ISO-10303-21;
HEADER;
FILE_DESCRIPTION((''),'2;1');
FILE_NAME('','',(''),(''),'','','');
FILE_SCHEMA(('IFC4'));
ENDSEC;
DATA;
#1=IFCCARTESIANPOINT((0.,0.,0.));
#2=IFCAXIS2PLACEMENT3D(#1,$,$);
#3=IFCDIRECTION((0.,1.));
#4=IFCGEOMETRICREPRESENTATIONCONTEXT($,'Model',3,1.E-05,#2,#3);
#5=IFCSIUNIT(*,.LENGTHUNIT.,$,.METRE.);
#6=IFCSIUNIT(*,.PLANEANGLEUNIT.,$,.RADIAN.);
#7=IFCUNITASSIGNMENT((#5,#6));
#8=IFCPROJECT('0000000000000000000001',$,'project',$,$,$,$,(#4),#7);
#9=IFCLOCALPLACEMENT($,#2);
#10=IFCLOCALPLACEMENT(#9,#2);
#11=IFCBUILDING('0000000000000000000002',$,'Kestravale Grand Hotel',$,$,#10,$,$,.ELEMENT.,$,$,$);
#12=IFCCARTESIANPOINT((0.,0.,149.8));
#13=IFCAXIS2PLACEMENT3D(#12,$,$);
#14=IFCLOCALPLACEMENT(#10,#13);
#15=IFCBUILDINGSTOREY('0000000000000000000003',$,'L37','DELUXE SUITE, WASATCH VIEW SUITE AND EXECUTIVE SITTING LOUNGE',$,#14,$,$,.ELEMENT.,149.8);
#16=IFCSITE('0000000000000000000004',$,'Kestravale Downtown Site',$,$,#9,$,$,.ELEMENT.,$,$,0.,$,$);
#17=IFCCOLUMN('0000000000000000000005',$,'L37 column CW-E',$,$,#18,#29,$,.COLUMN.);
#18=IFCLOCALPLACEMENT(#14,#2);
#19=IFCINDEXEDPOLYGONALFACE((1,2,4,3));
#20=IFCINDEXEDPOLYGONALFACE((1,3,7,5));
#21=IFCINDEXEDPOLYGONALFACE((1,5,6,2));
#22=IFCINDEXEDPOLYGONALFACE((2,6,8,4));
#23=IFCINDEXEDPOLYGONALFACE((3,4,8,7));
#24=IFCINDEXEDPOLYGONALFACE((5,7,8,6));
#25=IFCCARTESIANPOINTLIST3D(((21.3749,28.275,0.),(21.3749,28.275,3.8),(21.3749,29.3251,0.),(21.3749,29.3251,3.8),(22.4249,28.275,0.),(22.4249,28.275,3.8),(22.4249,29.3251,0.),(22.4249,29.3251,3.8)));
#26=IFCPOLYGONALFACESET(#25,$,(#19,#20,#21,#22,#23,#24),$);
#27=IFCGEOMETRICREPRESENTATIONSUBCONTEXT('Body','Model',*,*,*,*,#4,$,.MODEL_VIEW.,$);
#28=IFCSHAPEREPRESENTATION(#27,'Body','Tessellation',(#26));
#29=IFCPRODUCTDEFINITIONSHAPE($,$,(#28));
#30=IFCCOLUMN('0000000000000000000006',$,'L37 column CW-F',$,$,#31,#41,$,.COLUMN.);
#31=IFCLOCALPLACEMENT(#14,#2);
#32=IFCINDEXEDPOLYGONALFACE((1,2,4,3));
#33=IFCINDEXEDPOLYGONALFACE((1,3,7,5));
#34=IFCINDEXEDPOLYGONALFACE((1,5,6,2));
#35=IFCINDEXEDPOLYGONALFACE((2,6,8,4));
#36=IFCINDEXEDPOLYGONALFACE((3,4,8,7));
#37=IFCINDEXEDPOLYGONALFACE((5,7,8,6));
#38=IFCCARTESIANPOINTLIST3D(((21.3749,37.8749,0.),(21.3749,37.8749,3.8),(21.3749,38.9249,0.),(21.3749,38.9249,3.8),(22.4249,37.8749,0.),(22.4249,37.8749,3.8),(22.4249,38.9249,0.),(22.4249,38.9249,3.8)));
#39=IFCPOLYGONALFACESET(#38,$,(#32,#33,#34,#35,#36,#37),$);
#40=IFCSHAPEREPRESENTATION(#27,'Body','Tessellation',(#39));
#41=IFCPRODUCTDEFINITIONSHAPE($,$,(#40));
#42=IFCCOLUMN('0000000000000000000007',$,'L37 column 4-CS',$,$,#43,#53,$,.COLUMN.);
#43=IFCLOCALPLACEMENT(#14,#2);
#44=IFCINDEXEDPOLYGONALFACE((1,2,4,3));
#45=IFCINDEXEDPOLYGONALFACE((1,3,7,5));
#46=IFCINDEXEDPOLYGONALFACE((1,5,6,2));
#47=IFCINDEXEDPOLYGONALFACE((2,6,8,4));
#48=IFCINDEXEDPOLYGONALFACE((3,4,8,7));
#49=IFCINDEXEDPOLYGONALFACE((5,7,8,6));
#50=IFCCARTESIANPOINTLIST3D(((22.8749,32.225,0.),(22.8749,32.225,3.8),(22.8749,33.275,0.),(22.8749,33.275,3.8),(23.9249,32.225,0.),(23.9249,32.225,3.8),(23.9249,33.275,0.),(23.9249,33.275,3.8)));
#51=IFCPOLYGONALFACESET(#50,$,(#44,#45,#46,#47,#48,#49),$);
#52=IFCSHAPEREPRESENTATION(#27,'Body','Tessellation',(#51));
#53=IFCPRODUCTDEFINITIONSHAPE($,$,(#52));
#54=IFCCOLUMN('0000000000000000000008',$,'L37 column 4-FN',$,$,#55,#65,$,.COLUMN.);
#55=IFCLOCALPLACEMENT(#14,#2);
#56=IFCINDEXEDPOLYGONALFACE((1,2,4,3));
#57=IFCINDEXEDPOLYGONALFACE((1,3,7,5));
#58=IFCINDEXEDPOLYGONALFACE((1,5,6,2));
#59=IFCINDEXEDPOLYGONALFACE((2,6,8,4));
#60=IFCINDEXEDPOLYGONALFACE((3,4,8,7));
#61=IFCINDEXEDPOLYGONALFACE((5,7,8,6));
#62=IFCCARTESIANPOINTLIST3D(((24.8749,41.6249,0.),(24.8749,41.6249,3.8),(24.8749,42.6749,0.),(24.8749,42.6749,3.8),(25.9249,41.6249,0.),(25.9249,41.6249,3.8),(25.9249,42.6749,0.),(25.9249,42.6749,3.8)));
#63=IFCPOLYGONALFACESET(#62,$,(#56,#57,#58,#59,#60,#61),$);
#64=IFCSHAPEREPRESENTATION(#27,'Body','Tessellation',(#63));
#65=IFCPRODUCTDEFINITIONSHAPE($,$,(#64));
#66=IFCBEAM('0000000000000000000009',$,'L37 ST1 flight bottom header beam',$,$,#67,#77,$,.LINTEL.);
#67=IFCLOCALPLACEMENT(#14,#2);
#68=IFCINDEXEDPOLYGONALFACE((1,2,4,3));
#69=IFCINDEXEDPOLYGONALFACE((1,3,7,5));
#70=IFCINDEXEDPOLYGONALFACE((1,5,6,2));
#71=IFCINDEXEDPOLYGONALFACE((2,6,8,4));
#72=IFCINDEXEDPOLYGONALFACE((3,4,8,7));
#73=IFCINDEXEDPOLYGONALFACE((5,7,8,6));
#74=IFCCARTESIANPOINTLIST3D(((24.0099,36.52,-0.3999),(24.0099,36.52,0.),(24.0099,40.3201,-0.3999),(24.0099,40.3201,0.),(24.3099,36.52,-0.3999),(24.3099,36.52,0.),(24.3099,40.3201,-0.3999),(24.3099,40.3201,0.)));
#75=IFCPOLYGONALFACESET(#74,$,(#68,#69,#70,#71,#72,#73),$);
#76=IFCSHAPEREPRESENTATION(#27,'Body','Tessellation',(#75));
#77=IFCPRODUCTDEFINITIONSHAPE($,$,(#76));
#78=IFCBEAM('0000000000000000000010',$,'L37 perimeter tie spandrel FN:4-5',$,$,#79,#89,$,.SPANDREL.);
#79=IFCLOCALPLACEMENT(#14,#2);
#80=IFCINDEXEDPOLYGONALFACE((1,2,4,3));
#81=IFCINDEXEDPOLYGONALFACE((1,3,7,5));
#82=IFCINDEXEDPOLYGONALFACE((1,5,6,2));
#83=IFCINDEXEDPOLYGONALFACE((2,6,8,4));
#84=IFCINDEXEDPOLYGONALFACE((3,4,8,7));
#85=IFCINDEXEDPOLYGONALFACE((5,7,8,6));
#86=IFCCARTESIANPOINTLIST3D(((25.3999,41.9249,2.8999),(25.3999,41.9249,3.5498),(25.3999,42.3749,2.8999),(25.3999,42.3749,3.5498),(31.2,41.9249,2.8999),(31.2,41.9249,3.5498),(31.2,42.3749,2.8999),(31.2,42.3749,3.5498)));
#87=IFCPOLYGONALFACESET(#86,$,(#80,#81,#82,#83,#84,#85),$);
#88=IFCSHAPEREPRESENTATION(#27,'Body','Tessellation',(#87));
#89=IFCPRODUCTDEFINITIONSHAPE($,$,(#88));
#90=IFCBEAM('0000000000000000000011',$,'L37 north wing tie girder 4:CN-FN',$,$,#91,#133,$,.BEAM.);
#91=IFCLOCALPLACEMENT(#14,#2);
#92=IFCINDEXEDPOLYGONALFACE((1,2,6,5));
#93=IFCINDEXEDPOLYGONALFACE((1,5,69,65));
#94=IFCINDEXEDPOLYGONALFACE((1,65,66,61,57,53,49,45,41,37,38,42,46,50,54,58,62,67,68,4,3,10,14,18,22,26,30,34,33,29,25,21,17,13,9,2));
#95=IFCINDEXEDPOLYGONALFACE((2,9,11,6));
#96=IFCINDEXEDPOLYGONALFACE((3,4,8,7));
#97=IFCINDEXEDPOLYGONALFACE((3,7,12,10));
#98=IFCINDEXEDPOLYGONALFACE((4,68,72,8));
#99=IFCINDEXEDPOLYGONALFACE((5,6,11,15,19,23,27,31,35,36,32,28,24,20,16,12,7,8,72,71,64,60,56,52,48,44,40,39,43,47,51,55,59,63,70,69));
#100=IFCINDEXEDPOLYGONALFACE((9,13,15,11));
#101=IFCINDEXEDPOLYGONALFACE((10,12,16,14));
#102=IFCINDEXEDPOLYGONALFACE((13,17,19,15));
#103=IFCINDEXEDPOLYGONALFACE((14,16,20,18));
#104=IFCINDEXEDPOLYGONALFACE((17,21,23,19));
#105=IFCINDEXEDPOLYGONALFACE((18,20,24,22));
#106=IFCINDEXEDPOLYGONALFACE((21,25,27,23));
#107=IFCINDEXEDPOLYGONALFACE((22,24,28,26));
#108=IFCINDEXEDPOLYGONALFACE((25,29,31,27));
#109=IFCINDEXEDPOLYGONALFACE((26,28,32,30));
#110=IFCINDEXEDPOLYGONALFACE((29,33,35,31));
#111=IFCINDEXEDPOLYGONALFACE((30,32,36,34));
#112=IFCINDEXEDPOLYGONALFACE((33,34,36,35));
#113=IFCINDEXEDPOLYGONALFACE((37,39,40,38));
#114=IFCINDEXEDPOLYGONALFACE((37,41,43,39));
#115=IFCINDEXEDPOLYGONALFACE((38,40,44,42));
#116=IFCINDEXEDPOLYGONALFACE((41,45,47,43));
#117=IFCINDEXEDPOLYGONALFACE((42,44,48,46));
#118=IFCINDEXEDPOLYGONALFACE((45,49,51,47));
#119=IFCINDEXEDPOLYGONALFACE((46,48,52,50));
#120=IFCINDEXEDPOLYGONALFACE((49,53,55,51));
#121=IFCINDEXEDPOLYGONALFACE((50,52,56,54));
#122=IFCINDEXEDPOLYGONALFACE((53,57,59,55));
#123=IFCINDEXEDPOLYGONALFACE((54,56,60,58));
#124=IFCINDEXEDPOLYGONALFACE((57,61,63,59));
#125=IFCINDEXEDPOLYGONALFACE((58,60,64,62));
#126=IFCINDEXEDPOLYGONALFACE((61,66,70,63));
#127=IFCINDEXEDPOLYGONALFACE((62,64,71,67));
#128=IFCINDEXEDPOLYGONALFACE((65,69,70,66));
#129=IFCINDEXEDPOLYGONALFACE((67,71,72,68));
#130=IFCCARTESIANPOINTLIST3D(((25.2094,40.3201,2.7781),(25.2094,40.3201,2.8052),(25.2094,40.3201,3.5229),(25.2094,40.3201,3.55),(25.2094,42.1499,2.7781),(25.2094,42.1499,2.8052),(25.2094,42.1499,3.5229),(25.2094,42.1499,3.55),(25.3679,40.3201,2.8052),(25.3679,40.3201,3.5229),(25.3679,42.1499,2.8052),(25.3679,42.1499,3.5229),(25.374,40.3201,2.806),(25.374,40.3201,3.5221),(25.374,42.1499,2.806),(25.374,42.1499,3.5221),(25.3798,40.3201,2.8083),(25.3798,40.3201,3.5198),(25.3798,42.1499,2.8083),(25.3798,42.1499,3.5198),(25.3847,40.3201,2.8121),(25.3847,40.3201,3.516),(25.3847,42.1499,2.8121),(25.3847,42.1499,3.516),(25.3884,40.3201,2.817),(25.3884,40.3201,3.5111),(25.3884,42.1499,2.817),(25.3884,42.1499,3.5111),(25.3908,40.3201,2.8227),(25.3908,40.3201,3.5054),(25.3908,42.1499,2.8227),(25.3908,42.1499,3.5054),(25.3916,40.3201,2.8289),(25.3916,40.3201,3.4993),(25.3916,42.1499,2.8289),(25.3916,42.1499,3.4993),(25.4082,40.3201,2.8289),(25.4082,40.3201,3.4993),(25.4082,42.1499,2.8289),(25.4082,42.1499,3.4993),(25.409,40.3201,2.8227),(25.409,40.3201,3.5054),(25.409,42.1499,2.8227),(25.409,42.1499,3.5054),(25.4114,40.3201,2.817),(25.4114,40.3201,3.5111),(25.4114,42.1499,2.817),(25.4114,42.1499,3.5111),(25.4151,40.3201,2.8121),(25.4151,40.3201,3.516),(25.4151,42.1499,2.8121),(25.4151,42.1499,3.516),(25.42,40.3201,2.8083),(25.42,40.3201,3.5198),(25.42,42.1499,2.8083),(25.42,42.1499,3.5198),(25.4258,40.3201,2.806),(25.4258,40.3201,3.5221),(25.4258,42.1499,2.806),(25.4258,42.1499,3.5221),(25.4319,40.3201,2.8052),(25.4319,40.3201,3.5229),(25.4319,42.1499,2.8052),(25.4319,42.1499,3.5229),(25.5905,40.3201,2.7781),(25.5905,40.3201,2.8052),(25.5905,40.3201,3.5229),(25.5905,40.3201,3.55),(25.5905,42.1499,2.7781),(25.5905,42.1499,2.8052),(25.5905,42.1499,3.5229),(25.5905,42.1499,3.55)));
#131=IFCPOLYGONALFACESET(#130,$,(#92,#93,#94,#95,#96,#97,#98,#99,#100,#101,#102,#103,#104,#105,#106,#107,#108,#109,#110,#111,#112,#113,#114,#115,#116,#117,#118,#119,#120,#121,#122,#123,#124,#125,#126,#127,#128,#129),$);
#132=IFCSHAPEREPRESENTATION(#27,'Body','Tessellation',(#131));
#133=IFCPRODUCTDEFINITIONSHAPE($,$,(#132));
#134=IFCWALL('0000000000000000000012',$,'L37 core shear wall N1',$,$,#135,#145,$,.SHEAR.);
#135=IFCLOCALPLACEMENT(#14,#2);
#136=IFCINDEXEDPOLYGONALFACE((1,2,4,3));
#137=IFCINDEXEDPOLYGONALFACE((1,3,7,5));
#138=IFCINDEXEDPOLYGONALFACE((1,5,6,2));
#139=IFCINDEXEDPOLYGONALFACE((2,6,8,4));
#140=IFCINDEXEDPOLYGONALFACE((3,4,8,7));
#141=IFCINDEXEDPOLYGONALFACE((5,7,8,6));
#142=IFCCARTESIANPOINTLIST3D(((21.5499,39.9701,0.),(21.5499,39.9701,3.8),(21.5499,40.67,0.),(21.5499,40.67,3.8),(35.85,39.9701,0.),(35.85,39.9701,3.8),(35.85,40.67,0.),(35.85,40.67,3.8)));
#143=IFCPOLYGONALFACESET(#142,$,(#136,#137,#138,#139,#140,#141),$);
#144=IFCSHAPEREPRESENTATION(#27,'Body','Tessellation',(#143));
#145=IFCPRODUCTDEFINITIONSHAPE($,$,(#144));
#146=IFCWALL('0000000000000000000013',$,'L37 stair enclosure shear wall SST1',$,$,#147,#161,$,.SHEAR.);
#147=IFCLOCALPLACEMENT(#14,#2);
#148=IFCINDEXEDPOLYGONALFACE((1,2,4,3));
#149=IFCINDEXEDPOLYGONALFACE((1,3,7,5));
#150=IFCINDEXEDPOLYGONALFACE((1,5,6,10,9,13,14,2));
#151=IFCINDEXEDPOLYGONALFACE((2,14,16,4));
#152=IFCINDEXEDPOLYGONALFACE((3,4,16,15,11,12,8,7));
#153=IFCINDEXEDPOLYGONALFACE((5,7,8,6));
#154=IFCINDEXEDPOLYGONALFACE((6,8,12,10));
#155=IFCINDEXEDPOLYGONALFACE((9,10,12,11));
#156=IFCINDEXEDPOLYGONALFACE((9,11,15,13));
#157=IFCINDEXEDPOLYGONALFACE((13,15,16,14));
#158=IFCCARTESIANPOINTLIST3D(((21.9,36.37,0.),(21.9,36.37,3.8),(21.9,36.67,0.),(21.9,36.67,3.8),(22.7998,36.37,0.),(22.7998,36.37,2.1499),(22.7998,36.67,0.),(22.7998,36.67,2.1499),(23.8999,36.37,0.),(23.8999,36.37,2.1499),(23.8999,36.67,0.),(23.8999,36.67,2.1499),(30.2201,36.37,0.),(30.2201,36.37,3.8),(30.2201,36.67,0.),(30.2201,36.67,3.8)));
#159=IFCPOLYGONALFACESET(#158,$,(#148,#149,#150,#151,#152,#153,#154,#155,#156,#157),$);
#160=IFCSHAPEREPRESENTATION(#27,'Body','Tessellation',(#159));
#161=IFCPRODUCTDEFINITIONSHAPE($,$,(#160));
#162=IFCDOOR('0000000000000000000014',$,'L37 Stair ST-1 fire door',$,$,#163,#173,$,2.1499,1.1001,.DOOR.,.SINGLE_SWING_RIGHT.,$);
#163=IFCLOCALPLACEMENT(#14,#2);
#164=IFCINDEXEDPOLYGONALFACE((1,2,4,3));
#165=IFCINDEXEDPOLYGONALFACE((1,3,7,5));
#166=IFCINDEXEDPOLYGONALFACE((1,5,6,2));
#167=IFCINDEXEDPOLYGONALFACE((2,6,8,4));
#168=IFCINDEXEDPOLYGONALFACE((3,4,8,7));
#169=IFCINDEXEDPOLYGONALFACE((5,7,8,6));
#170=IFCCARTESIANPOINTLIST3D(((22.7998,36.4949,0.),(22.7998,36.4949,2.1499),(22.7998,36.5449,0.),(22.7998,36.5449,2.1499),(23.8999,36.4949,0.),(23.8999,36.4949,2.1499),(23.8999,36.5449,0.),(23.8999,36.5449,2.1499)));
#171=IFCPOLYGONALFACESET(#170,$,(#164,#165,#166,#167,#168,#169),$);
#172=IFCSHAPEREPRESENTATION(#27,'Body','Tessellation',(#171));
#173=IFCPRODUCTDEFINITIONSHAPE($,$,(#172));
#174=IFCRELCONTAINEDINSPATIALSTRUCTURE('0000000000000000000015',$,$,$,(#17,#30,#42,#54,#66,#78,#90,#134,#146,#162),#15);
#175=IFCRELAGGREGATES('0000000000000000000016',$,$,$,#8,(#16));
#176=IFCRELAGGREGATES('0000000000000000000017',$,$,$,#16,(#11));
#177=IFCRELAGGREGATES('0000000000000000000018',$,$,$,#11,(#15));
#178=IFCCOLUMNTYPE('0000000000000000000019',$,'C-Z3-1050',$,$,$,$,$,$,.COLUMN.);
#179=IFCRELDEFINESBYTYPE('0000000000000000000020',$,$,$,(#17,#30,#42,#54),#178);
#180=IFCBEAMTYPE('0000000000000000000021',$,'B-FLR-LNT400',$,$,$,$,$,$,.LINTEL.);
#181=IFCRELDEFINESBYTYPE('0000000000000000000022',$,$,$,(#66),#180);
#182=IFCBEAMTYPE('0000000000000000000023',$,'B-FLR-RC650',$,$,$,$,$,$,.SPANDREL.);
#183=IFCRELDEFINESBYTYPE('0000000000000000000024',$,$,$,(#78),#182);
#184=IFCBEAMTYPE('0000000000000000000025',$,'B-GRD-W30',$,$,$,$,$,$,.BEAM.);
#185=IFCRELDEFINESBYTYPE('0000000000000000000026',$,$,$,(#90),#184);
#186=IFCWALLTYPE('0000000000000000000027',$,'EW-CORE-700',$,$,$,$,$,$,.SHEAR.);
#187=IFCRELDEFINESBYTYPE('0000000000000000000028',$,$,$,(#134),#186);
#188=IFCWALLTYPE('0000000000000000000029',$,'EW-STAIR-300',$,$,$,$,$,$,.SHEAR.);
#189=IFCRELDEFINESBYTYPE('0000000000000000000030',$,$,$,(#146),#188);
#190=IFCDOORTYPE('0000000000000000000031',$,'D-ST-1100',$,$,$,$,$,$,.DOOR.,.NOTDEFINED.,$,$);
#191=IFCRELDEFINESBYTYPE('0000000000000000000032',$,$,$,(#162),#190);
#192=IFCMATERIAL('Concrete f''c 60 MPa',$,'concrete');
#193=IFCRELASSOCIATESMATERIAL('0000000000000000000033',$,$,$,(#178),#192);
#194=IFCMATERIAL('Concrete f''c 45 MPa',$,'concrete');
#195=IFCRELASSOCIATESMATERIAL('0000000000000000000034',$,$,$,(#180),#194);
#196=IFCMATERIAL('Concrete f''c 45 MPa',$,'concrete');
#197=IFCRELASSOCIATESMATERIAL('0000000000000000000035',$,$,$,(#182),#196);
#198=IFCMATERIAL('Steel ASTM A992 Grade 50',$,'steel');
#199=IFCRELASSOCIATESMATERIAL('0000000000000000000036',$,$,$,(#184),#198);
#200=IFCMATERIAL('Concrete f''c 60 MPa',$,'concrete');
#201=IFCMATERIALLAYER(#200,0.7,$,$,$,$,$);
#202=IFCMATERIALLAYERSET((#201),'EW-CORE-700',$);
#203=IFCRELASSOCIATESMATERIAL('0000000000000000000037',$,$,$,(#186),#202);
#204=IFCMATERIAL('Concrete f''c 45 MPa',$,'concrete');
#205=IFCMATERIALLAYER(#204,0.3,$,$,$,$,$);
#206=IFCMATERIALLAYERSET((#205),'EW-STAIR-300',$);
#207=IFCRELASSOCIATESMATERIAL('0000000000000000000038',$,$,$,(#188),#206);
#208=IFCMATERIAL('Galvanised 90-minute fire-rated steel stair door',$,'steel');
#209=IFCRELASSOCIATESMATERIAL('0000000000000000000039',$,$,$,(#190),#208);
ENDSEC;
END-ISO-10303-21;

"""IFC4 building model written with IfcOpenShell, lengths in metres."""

from ifc_helpers import new_model, si_unit, direction, frame, frame_2d, origin, origin_2d, place, context, subcontext, project, spatial, rectangle, i_section, extrude, material, layer, layer_set, material_profile, profile_set, type_object, element, fill, save


model = new_model("IFC4")

# Units and contexts
model_context = context("Model", 3, precision=1e-05, world=origin(), true_north=direction((0.0, 1.0)))
body_context = subcontext(model_context, "Body", "Model", "MODEL_VIEW")
ifc_project = project(units=[si_unit("LENGTHUNIT", "METRE"), si_unit("PLANEANGLEUNIT", "RADIAN")], contexts=[model_context])

# Site, building, storey
site_placement = place(None, origin())
site = spatial("IfcSite", under=ifc_project, at=site_placement, Name="Kestravale Downtown Site", CompositionType="ELEMENT", RefElevation=0.0)
building_placement = place(site_placement, origin())
building = spatial("IfcBuilding", under=site, at=building_placement, Name="Kestravale Grand Hotel", CompositionType="ELEMENT")
storey_placement = place(building_placement, frame((0.0, 0.0, 149.8)))
storey = spatial("IfcBuildingStorey", under=building, at=storey_placement, Name="L37", Description="DELUXE SUITE, WASATCH VIEW SUITE AND EXECUTIVE SITTING LOUNGE", CompositionType="ELEMENT", Elevation=149.8)

# Columns
ifc_material_1 = material(Name="Concrete f'c 60 MPa", Category="concrete")
ifc_material_profile_1 = material_profile(ifc_material_1, rectangle(XDim=1.05, YDim=1.05, at=origin_2d()))
ifc_profile_set_1 = profile_set([ifc_material_profile_1], Name="Concrete f'c 60 MPa")
column_type = type_object("IfcColumnType", Name="C-Z3-1050", PredefinedType="COLUMN", material=ifc_profile_set_1)
for number, where, z_axis, x_axis, name in (
    (1, (21.8999, 28.8, 0.0), (0.0, 0.0, 1.0), (1.0, 0.0, 0.0), "L37 column CW-E"),
    (2, (21.8999, 38.3999, 0.0), (0.0, 0.0, 1.0), (1.0, 0.0, 0.0), "L37 column CW-F"),
    (3, (23.3999, 32.75, 0.0), (0.0, 0.0, 1.0), (1.0, 0.0, 0.0), "L37 column 4-CS"),
    (4, (25.3999, 42.1499, 0.0), (0.0, 0.0, 1.0), (1.0, 0.0, 0.0), "L37 column 4-FN"),
):
    element("IfcColumn", number, at=place(storey_placement, frame(where, z_axis=z_axis, x_axis=x_axis)), inside=storey, type_object=column_type, Name=name, PredefinedType="COLUMN", context=body_context, shape_type="SweptSolid", body=[
        extrude(rectangle(XDim=1.05, YDim=1.05, at=origin_2d()), origin(), (0.0, 0.0, 1.0), 3.8),
    ])

# Beams
ifc_material_2 = material(Name="Concrete f'c 45 MPa", Category="concrete")
ifc_material_profile_2 = material_profile(ifc_material_2, rectangle(XDim=0.3, YDim=0.3999, at=origin_2d()))
ifc_profile_set_2 = profile_set([ifc_material_profile_2], Name="Concrete f'c 45 MPa")
beam_type_1 = type_object("IfcBeamType", Name="B-FLR-LNT400", PredefinedType="LINTEL", material=ifc_profile_set_2)
beam_1_placement = place(storey_placement, frame((24.1599, 36.52, -0.2), z_axis=(0.0, 1.0, 0.0), x_axis=(-1.0, 0.0, 0.0)))
element("IfcBeam", 5, at=beam_1_placement, inside=storey, type_object=beam_type_1, Name="L37 ST1 flight bottom header beam", PredefinedType="LINTEL", context=body_context, shape_type="SweptSolid", body=[
    extrude(rectangle(XDim=0.3, YDim=0.3999, at=origin_2d()), origin(), (0.0, 0.0, 1.0), 3.8),
])
ifc_material_3 = material(Name="Concrete f'c 45 MPa", Category="concrete")
ifc_material_profile_3 = material_profile(ifc_material_3, rectangle(XDim=0.45, YDim=0.6499, at=origin_2d()))
ifc_profile_set_3 = profile_set([ifc_material_profile_3], Name="Concrete f'c 45 MPa")
beam_type_2 = type_object("IfcBeamType", Name="B-FLR-RC650", PredefinedType="SPANDREL", material=ifc_profile_set_3)
beam_2_placement = place(storey_placement, frame((25.3999, 42.1499, 3.2249), z_axis=(1.0, 0.0, 0.0), x_axis=(0.0, 1.0, 0.0)))
element("IfcBeam", 6, at=beam_2_placement, inside=storey, type_object=beam_type_2, Name="L37 perimeter tie spandrel FN:4-5", PredefinedType="SPANDREL", context=body_context, shape_type="SweptSolid", body=[
    extrude(rectangle(XDim=0.45, YDim=0.6499, at=origin_2d()), origin(), (0.0, 0.0, 1.0), 5.8),
])
ifc_material_4 = material(Name="Steel ASTM A992 Grade 50", Category="steel")
ifc_material_profile_4 = material_profile(ifc_material_4, i_section(OverallWidth=0.3811, OverallDepth=0.772, WebThickness=0.0166, FlangeThickness=0.0271, FilletRadius=0.0237, at=origin_2d()))
ifc_profile_set_4 = profile_set([ifc_material_profile_4], Name="Steel ASTM A992 Grade 50")
beam_type_3 = type_object("IfcBeamType", Name="B-GRD-W30", PredefinedType="BEAM", material=ifc_profile_set_4)
beam_3_placement = place(storey_placement, frame((25.3999, 40.3201, 3.1641), z_axis=(0.0, 1.0, 0.0), x_axis=(-1.0, 0.0, 0.0)))
element("IfcBeam", 7, at=beam_3_placement, inside=storey, type_object=beam_type_3, Name="L37 north wing tie girder 4:CN-FN", PredefinedType="BEAM", context=body_context, shape_type="SweptSolid", body=[
    extrude(i_section(OverallWidth=0.3811, OverallDepth=0.772, WebThickness=0.0166, FlangeThickness=0.0271, FilletRadius=0.0237, at=origin_2d()), origin(), (0.0, 0.0, 1.0), 1.8298),
])

# Wall
ifc_material_5 = material(Name="Concrete f'c 60 MPa", Category="concrete")
ifc_layer_1 = layer(ifc_material_5, 0.7)
ifc_layer_set_1 = layer_set([ifc_layer_1], Name="EW-CORE-700")
wall_type_1 = type_object("IfcWallType", Name="EW-CORE-700", PredefinedType="SHEAR", material=ifc_layer_set_1)
wall_1_placement = place(storey_placement, frame((21.55, 40.3201, 0.0), z_axis=(0.0, 0.0, 1.0), x_axis=(1.0, 0.0, 0.0)))
element("IfcWall", 8, at=wall_1_placement, inside=storey, type_object=wall_type_1, Name="L37 core shear wall N1", PredefinedType="SHEAR", context=body_context, shape_type="SweptSolid", body=[
    extrude(rectangle(XDim=14.3, YDim=0.7, at=frame_2d((7.1499, 0.0))), origin(), (0.0, 0.0, 1.0), 3.8),
])

# Wall, opening, door
ifc_material_6 = material(Name="Concrete f'c 45 MPa", Category="concrete")
ifc_layer_2 = layer(ifc_material_6, 0.3)
ifc_layer_set_2 = layer_set([ifc_layer_2], Name="EW-STAIR-300")
wall_type_2 = type_object("IfcWallType", Name="EW-STAIR-300", PredefinedType="SHEAR", material=ifc_layer_set_2)
wall_2_placement = place(storey_placement, frame((21.8999, 36.52, 0.0), z_axis=(0.0, 0.0, 1.0), x_axis=(1.0, 0.0, 0.0)))
wall_2 = element("IfcWall", 9, at=wall_2_placement, inside=storey, type_object=wall_type_2, Name="L37 stair enclosure shear wall SST1", PredefinedType="SHEAR", context=body_context, shape_type="SweptSolid", body=[
    extrude(rectangle(XDim=8.3201, YDim=0.3, at=frame_2d((4.1602, 0.0))), origin(), (0.0, 0.0, 1.0), 3.8),
])
opening_1_placement = place(wall_2_placement, frame((0.8999, 0.0, 0.0)))
opening_1 = element("IfcOpeningElement", 10, at=opening_1_placement, cuts=wall_2, PredefinedType="OPENING", context=body_context, shape_type="SweptSolid", body=[
    extrude(rectangle(XDim=1.1001, YDim=2.1499, at=frame_2d((0.55, 1.075))), frame((0.0, 0.1599, 0.0), z_axis=(0.0, -1.0, 0.0), x_axis=(1.0, 0.0, 0.0)), (0.0, 0.0, 1.0), 0.3201),
])
ifc_material_7 = material(Name="Galvanised 90-minute fire-rated steel stair door", Category="steel")
door_type_1 = type_object("IfcDoorType", Name="D-ST-1100", OperationType="NOTDEFINED", PredefinedType="DOOR", material=ifc_material_7)
door_1_placement = place(opening_1_placement, origin())
door_1 = element("IfcDoor", 11, at=door_1_placement, inside=storey, type_object=door_type_1, Name="L37 Stair ST-1 fire door", OperationType="SINGLE_SWING_RIGHT", OverallHeight=2.1499, OverallWidth=1.1001, PredefinedType="DOOR", context=body_context, shape_type="SweptSolid", body=[
    extrude(rectangle(XDim=1.1001, YDim=2.1499, at=frame_2d((0.55, 1.075))), frame((0.0, 0.0249, 0.0), z_axis=(0.0, -1.0, 0.0), x_axis=(1.0, 0.0, 0.0)), (0.0, 0.0, 1.0), 0.05),
])
fill(opening_1, door_1)

save(model, "model.ifc")
